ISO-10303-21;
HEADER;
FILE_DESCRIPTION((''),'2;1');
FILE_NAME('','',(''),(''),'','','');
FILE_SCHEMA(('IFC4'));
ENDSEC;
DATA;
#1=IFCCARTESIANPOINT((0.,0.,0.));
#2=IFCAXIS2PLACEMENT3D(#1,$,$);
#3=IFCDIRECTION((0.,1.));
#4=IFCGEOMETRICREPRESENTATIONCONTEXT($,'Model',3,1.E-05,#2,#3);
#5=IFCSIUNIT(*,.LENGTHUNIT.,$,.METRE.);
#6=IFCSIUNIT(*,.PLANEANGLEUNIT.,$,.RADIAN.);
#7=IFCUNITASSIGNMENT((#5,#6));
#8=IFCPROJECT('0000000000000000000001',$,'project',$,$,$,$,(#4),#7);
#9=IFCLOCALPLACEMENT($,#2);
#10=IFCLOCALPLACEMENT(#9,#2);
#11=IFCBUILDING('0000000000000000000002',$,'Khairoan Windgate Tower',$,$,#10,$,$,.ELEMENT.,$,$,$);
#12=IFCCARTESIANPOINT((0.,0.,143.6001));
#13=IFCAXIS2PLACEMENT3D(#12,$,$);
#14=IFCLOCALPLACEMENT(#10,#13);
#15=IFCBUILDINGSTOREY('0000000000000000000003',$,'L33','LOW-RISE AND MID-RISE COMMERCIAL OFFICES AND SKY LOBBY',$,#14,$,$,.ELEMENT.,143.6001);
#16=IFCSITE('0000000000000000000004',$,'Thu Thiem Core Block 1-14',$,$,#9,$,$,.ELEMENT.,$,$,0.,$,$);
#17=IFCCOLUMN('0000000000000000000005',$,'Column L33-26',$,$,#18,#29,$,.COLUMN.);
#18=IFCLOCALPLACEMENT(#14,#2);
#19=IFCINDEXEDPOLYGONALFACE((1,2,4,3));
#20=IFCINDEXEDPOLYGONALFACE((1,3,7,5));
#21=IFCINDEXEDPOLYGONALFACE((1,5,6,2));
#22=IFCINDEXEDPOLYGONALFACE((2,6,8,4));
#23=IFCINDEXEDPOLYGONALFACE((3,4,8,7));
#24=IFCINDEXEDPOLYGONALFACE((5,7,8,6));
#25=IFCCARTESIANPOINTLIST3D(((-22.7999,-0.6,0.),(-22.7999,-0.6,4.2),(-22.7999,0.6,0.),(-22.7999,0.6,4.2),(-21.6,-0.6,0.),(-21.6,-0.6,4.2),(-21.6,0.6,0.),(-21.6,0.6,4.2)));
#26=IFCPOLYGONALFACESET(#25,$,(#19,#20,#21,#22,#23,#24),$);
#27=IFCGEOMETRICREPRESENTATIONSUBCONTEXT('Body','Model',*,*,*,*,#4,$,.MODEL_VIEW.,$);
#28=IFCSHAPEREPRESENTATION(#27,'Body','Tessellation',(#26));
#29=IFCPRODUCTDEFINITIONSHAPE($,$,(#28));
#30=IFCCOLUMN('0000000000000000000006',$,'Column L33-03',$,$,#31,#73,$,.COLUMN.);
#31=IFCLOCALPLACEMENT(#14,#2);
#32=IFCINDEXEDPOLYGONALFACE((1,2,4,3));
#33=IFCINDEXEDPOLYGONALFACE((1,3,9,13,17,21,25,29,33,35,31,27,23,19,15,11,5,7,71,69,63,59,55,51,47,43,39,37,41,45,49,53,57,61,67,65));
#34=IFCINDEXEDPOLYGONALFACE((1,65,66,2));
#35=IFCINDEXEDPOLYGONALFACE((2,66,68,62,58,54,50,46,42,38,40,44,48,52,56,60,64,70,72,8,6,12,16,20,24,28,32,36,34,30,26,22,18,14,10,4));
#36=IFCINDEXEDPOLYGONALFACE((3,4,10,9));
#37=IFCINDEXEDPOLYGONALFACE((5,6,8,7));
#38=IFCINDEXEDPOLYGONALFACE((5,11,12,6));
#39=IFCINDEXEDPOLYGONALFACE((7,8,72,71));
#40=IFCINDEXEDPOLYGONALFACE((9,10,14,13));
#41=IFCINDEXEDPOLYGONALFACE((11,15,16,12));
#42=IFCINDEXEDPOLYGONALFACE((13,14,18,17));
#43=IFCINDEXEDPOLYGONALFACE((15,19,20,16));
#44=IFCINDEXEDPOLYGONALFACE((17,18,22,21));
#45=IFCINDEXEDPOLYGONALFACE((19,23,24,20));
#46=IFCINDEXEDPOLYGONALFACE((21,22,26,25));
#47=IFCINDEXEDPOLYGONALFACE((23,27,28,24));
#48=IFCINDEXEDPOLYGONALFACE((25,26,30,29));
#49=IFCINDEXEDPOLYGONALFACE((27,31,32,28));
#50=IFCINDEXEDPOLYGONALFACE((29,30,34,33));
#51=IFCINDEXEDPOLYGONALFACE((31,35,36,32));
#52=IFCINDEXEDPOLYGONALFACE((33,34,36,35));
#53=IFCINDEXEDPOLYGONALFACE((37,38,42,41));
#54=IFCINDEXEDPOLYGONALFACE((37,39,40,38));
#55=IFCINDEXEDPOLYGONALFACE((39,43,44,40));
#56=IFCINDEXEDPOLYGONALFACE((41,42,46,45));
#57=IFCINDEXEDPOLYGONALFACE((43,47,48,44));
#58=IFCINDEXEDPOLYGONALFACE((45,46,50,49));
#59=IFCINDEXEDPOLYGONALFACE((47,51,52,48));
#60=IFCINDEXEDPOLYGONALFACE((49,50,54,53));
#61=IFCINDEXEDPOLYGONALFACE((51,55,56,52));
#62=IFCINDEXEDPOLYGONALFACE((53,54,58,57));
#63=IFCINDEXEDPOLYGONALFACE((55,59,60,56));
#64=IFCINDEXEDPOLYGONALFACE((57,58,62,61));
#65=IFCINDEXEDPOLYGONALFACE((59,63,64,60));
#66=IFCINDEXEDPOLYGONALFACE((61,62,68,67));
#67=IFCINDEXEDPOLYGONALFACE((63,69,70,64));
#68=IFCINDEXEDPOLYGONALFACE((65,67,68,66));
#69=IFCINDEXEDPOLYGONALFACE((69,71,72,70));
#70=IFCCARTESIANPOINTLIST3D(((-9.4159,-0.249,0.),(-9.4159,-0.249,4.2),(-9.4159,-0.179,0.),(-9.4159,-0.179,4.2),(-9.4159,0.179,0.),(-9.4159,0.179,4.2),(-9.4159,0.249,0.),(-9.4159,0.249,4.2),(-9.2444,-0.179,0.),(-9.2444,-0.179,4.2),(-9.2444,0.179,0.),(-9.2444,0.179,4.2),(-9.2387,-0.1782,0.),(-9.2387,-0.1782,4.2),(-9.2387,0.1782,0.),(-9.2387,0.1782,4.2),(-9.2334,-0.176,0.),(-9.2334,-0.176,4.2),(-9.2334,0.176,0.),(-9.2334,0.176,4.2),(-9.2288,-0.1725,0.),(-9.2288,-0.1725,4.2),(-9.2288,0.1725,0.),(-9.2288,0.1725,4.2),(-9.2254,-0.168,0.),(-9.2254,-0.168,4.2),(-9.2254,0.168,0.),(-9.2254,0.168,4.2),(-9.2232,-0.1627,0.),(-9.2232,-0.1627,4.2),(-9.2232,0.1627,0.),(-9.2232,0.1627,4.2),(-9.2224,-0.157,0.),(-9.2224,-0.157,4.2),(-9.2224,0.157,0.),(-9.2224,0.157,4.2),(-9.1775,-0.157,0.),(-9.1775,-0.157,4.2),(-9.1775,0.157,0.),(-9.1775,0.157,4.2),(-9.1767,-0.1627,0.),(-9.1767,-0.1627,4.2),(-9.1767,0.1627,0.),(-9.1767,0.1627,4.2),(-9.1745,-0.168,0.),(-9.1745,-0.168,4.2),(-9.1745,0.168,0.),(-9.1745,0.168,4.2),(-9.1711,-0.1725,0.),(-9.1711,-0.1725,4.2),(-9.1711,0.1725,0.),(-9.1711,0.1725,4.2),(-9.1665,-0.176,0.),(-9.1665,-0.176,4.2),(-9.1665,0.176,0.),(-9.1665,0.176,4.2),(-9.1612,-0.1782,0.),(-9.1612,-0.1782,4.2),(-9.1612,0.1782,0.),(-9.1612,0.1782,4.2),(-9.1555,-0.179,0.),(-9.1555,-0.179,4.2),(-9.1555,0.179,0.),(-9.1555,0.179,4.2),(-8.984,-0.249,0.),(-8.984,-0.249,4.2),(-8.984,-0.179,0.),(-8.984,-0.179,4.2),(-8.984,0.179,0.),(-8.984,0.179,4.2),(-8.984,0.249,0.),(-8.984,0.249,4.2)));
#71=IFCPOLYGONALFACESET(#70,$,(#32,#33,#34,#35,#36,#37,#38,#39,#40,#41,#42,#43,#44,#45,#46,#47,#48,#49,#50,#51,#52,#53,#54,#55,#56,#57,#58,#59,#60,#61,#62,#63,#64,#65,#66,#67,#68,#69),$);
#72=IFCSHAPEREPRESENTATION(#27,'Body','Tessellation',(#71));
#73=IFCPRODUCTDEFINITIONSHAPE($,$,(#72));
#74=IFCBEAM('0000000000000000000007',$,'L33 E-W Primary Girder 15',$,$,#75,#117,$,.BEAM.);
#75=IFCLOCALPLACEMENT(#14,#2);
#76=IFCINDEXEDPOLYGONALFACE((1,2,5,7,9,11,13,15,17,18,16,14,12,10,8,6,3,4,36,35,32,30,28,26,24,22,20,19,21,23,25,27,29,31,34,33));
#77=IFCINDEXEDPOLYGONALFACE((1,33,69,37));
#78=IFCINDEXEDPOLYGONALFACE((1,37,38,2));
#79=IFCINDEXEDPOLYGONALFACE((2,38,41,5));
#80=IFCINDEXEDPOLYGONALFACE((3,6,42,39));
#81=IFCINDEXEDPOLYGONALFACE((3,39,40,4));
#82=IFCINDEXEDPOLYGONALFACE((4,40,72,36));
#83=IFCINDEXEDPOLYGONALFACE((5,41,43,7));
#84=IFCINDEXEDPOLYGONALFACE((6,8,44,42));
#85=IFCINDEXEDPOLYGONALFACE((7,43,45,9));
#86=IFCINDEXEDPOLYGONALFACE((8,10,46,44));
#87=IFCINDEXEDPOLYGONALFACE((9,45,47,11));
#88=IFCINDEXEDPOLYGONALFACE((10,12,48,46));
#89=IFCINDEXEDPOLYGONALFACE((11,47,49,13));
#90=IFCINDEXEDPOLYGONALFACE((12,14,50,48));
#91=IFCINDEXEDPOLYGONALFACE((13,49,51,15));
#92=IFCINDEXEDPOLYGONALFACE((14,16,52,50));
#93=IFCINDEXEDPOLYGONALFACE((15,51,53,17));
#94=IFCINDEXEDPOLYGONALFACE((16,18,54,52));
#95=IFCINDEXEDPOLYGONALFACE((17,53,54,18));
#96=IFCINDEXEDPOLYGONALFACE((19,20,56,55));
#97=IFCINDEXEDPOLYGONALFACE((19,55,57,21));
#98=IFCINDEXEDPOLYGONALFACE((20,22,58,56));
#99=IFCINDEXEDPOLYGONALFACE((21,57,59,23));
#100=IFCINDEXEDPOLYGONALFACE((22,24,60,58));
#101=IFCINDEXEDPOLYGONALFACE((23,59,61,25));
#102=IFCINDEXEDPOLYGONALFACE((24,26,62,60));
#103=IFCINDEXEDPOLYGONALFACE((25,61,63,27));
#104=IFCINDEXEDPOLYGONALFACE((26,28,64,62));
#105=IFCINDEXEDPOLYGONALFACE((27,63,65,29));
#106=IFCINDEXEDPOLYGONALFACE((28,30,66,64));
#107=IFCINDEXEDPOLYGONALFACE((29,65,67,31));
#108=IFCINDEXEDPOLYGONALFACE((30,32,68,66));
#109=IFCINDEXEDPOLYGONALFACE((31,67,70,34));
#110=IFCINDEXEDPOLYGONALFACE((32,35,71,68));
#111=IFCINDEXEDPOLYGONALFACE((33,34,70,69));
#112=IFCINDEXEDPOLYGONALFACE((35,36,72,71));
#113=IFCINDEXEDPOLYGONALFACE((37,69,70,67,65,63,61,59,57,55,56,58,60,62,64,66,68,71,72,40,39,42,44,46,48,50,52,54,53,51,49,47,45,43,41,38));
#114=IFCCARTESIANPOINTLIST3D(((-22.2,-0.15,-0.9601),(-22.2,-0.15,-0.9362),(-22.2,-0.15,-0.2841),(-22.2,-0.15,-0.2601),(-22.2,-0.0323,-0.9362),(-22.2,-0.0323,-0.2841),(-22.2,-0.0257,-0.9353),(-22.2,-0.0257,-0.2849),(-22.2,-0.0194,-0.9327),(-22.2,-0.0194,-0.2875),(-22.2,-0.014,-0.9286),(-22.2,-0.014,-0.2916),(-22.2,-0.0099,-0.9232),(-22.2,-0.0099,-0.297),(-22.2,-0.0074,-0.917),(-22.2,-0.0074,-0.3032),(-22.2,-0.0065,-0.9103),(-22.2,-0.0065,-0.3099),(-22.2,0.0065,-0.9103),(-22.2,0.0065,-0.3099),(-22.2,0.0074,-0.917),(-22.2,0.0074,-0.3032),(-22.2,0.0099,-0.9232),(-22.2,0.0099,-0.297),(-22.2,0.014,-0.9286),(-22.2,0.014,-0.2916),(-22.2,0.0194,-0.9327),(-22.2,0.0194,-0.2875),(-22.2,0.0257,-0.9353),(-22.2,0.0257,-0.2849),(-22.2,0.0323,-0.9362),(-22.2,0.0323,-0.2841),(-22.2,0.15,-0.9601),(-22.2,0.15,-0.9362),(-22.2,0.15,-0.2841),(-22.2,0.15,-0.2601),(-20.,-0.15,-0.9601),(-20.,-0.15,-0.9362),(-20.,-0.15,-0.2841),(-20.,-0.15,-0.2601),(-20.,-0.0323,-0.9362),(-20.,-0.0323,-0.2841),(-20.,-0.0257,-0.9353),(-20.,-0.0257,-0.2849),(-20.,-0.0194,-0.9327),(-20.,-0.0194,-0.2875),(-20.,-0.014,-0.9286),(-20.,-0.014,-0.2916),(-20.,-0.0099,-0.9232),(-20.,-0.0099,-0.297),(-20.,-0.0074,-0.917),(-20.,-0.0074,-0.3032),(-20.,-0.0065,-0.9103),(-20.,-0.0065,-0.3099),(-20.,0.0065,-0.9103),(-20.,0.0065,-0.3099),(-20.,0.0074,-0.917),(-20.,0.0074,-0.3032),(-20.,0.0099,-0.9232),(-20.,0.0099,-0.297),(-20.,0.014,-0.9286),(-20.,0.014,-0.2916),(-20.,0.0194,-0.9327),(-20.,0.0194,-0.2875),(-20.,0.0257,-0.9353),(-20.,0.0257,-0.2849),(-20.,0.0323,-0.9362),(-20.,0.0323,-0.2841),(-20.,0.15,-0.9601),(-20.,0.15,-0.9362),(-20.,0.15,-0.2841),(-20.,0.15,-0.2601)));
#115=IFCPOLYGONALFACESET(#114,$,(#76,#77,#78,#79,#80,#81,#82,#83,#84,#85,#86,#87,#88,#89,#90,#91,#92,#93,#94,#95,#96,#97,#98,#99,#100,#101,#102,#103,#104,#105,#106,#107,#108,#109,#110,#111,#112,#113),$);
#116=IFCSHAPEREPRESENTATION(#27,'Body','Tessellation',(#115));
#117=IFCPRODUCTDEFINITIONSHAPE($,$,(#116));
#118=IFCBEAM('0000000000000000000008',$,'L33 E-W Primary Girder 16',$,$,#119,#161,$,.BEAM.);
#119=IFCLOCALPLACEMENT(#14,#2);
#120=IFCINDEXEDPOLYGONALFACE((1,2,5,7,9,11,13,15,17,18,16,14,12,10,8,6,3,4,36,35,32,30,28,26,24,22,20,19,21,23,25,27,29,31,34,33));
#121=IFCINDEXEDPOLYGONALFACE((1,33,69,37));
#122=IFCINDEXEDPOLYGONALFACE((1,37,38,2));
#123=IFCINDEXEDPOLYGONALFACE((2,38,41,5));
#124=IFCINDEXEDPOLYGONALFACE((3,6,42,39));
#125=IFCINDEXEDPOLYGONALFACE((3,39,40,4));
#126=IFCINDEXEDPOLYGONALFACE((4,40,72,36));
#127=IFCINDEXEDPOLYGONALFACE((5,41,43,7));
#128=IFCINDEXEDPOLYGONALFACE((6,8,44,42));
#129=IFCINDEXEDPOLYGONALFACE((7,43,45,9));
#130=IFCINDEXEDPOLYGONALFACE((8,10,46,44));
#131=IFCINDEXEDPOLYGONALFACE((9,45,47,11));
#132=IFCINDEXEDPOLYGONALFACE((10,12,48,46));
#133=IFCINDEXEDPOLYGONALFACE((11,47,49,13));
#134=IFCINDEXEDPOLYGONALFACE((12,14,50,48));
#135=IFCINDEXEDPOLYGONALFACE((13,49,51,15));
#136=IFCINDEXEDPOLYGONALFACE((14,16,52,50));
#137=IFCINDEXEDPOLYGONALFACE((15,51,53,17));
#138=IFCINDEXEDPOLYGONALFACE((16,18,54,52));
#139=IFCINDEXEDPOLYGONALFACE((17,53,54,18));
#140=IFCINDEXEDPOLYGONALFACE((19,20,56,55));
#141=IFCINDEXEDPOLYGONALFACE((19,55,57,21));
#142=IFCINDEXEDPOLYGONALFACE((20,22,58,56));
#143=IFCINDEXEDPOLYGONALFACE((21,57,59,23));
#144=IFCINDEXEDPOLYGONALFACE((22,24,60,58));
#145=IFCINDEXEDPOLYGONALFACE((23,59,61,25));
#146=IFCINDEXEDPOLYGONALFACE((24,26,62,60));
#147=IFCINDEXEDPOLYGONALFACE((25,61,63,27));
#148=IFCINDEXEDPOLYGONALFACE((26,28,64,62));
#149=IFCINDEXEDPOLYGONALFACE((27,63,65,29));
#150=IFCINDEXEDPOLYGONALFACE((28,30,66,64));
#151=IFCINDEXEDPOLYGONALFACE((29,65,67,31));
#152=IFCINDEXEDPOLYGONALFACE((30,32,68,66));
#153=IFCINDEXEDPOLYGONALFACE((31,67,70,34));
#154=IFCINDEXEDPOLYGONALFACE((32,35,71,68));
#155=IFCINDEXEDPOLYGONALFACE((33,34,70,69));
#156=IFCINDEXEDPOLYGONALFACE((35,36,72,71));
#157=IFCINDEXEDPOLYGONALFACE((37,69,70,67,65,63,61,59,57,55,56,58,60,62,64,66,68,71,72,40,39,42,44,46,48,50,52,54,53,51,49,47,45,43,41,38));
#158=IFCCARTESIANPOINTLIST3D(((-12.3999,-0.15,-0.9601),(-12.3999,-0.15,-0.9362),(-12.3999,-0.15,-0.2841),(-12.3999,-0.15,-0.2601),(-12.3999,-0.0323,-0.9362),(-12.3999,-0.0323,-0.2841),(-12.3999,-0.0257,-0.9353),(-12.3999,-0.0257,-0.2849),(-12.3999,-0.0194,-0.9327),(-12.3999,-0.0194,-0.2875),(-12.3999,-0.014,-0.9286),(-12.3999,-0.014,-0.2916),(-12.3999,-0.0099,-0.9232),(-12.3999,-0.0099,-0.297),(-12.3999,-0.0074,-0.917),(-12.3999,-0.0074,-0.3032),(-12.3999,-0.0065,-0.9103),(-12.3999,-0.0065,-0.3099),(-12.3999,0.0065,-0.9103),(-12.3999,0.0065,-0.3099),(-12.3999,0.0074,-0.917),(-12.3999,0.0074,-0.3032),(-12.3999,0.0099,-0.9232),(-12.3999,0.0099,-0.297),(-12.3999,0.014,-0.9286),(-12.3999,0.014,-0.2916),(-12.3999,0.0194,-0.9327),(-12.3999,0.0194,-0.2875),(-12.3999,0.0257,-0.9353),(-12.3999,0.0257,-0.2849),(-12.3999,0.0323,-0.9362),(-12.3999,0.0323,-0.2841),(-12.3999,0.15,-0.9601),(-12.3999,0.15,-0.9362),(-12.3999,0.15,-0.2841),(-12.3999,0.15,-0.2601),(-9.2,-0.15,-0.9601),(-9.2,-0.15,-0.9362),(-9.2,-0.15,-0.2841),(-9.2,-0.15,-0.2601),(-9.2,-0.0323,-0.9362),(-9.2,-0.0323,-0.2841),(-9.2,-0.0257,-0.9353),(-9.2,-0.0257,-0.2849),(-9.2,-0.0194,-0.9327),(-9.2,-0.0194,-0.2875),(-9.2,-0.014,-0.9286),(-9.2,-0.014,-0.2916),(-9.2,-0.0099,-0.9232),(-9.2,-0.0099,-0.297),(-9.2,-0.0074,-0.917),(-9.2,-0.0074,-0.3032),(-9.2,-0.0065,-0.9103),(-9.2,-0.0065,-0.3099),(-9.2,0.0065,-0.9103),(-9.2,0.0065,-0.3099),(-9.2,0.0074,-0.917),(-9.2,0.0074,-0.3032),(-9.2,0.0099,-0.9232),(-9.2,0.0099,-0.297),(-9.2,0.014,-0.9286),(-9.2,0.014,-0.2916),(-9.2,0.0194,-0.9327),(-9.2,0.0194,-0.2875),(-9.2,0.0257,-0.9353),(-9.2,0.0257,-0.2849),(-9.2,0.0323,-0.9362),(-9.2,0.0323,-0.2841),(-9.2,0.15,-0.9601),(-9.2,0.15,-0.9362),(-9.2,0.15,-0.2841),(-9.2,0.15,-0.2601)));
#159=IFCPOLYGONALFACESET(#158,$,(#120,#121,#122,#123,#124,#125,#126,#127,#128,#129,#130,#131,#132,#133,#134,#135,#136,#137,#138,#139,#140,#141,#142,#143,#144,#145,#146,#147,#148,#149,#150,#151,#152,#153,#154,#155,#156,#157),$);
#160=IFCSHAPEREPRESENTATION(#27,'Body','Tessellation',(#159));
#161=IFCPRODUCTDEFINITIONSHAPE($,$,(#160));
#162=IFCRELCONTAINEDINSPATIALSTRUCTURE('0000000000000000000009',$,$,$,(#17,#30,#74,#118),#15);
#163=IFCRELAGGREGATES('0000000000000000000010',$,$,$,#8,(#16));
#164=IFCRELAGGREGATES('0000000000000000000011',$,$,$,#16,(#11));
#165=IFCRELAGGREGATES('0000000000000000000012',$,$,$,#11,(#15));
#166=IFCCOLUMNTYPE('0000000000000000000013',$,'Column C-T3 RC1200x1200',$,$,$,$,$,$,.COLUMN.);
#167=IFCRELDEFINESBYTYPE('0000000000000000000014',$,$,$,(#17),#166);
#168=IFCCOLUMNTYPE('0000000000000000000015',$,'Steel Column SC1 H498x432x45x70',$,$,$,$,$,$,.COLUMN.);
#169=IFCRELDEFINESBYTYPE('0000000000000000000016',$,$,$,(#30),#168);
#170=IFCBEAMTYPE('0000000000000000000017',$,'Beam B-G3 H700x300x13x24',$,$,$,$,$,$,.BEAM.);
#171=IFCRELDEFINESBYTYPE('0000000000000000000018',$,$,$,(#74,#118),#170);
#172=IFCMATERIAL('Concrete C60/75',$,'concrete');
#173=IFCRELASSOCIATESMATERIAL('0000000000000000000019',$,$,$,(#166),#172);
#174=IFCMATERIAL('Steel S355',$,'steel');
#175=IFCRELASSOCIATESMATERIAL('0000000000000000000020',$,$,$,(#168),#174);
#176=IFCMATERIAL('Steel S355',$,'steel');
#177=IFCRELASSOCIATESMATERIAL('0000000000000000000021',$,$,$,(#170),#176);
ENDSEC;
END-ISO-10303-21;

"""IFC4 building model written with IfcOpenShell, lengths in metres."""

from ifc_helpers import new_model, si_unit, direction, frame, origin, origin_2d, place, context, subcontext, project, spatial, rectangle, i_section, extrude, material, material_profile, profile_set, type_object, element, save


model = new_model("IFC4")

# Units and contexts
model_context = context("Model", 3, precision=1e-05, world=origin(), true_north=direction((0.0, 1.0)))
body_context = subcontext(model_context, "Body", "Model", "MODEL_VIEW")
ifc_project = project(units=[si_unit("LENGTHUNIT", "METRE"), si_unit("PLANEANGLEUNIT", "RADIAN")], contexts=[model_context])

# Site, building, storey
site_placement = place(None, origin())
site = spatial("IfcSite", under=ifc_project, at=site_placement, Name="Thu Thiem Core Block 1-14", CompositionType="ELEMENT", RefElevation=0.0)
building_placement = place(site_placement, origin())
building = spatial("IfcBuilding", under=site, at=building_placement, Name="Khairoan Windgate Tower", CompositionType="ELEMENT")
storey_placement = place(building_placement, frame((0.0, 0.0, 143.6001)))
storey = spatial("IfcBuildingStorey", under=building, at=storey_placement, Name="L33", Description="LOW-RISE AND MID-RISE COMMERCIAL OFFICES AND SKY LOBBY", CompositionType="ELEMENT", Elevation=143.6001)

# Columns
ifc_material_1 = material(Name="Concrete C60/75", Category="concrete")
ifc_material_profile_1 = material_profile(ifc_material_1, rectangle(XDim=1.2, YDim=1.2, at=origin_2d()))
ifc_profile_set_1 = profile_set([ifc_material_profile_1], Name="Concrete C60/75")
column_type_1 = type_object("IfcColumnType", Name="Column C-T3 RC1200x1200", PredefinedType="COLUMN", material=ifc_profile_set_1)
column_1_placement = place(storey_placement, frame((-22.2, 0.0, 0.0), z_axis=(0.0, 0.0, 1.0), x_axis=(1.0, 0.0, 0.0)))
element("IfcColumn", 1, at=column_1_placement, inside=storey, type_object=column_type_1, Name="Column L33-26", PredefinedType="COLUMN", context=body_context, shape_type="SweptSolid", body=[
    extrude(rectangle(XDim=1.2, YDim=1.2, at=origin_2d()), origin(), (0.0, 0.0, 1.0), 4.2),
])
ifc_material_2 = material(Name="Steel S355", Category="steel")
ifc_material_profile_2 = material_profile(ifc_material_2, i_section(OverallWidth=0.4319, OverallDepth=0.498, WebThickness=0.0449, FlangeThickness=0.0701, FilletRadius=0.022, at=origin_2d()))
ifc_profile_set_2 = profile_set([ifc_material_profile_2], Name="Steel S355")
column_type_2 = type_object("IfcColumnType", Name="Steel Column SC1 H498x432x45x70", PredefinedType="COLUMN", material=ifc_profile_set_2)
column_2_placement = place(storey_placement, frame((-9.2, 0.0, 0.0), z_axis=(0.0, 0.0, 1.0), x_axis=(1.0, 0.0, 0.0)))
element("IfcColumn", 2, at=column_2_placement, inside=storey, type_object=column_type_2, Name="Column L33-03", PredefinedType="COLUMN", context=body_context, shape_type="SweptSolid", body=[
    extrude(i_section(OverallWidth=0.4319, OverallDepth=0.498, WebThickness=0.0449, FlangeThickness=0.0701, FilletRadius=0.022, at=origin_2d()), origin(), (0.0, 0.0, 1.0), 4.2),
])

# Beams
ifc_material_3 = material(Name="Steel S355", Category="steel")
ifc_material_profile_3 = material_profile(ifc_material_3, i_section(OverallWidth=0.3, OverallDepth=0.7, WebThickness=0.0129, FlangeThickness=0.0239, FilletRadius=0.0259, at=origin_2d()))
ifc_profile_set_3 = profile_set([ifc_material_profile_3], Name="Steel S355")
beam_type_1 = type_object("IfcBeamType", Name="Beam B-G3 H700x300x13x24", PredefinedType="BEAM", material=ifc_profile_set_3)
beam_1_placement = place(storey_placement, frame((-22.2, 0.0, -0.6101), z_axis=(1.0, 0.0, 0.0), x_axis=(0.0, 1.0, 0.0)))
element("IfcBeam", 3, at=beam_1_placement, inside=storey, type_object=beam_type_1, Name="L33 E-W Primary Girder 15", PredefinedType="BEAM", context=body_context, shape_type="SweptSolid", body=[
    extrude(i_section(OverallWidth=0.3, OverallDepth=0.7, WebThickness=0.0129, FlangeThickness=0.0239, FilletRadius=0.0259, at=origin_2d()), origin(), (0.0, 0.0, 1.0), 2.2),
])
beam_2_placement = place(storey_placement, frame((-12.3999, 0.0, -0.6101), z_axis=(1.0, 0.0, 0.0), x_axis=(0.0, 1.0, 0.0)))
element("IfcBeam", 4, at=beam_2_placement, inside=storey, type_object=beam_type_1, Name="L33 E-W Primary Girder 16", PredefinedType="BEAM", context=body_context, shape_type="SweptSolid", body=[
    extrude(i_section(OverallWidth=0.3, OverallDepth=0.7, WebThickness=0.0129, FlangeThickness=0.0239, FilletRadius=0.0259, at=origin_2d()), origin(), (0.0, 0.0, 1.0), 3.2),
])

save(model, "model.ifc")
